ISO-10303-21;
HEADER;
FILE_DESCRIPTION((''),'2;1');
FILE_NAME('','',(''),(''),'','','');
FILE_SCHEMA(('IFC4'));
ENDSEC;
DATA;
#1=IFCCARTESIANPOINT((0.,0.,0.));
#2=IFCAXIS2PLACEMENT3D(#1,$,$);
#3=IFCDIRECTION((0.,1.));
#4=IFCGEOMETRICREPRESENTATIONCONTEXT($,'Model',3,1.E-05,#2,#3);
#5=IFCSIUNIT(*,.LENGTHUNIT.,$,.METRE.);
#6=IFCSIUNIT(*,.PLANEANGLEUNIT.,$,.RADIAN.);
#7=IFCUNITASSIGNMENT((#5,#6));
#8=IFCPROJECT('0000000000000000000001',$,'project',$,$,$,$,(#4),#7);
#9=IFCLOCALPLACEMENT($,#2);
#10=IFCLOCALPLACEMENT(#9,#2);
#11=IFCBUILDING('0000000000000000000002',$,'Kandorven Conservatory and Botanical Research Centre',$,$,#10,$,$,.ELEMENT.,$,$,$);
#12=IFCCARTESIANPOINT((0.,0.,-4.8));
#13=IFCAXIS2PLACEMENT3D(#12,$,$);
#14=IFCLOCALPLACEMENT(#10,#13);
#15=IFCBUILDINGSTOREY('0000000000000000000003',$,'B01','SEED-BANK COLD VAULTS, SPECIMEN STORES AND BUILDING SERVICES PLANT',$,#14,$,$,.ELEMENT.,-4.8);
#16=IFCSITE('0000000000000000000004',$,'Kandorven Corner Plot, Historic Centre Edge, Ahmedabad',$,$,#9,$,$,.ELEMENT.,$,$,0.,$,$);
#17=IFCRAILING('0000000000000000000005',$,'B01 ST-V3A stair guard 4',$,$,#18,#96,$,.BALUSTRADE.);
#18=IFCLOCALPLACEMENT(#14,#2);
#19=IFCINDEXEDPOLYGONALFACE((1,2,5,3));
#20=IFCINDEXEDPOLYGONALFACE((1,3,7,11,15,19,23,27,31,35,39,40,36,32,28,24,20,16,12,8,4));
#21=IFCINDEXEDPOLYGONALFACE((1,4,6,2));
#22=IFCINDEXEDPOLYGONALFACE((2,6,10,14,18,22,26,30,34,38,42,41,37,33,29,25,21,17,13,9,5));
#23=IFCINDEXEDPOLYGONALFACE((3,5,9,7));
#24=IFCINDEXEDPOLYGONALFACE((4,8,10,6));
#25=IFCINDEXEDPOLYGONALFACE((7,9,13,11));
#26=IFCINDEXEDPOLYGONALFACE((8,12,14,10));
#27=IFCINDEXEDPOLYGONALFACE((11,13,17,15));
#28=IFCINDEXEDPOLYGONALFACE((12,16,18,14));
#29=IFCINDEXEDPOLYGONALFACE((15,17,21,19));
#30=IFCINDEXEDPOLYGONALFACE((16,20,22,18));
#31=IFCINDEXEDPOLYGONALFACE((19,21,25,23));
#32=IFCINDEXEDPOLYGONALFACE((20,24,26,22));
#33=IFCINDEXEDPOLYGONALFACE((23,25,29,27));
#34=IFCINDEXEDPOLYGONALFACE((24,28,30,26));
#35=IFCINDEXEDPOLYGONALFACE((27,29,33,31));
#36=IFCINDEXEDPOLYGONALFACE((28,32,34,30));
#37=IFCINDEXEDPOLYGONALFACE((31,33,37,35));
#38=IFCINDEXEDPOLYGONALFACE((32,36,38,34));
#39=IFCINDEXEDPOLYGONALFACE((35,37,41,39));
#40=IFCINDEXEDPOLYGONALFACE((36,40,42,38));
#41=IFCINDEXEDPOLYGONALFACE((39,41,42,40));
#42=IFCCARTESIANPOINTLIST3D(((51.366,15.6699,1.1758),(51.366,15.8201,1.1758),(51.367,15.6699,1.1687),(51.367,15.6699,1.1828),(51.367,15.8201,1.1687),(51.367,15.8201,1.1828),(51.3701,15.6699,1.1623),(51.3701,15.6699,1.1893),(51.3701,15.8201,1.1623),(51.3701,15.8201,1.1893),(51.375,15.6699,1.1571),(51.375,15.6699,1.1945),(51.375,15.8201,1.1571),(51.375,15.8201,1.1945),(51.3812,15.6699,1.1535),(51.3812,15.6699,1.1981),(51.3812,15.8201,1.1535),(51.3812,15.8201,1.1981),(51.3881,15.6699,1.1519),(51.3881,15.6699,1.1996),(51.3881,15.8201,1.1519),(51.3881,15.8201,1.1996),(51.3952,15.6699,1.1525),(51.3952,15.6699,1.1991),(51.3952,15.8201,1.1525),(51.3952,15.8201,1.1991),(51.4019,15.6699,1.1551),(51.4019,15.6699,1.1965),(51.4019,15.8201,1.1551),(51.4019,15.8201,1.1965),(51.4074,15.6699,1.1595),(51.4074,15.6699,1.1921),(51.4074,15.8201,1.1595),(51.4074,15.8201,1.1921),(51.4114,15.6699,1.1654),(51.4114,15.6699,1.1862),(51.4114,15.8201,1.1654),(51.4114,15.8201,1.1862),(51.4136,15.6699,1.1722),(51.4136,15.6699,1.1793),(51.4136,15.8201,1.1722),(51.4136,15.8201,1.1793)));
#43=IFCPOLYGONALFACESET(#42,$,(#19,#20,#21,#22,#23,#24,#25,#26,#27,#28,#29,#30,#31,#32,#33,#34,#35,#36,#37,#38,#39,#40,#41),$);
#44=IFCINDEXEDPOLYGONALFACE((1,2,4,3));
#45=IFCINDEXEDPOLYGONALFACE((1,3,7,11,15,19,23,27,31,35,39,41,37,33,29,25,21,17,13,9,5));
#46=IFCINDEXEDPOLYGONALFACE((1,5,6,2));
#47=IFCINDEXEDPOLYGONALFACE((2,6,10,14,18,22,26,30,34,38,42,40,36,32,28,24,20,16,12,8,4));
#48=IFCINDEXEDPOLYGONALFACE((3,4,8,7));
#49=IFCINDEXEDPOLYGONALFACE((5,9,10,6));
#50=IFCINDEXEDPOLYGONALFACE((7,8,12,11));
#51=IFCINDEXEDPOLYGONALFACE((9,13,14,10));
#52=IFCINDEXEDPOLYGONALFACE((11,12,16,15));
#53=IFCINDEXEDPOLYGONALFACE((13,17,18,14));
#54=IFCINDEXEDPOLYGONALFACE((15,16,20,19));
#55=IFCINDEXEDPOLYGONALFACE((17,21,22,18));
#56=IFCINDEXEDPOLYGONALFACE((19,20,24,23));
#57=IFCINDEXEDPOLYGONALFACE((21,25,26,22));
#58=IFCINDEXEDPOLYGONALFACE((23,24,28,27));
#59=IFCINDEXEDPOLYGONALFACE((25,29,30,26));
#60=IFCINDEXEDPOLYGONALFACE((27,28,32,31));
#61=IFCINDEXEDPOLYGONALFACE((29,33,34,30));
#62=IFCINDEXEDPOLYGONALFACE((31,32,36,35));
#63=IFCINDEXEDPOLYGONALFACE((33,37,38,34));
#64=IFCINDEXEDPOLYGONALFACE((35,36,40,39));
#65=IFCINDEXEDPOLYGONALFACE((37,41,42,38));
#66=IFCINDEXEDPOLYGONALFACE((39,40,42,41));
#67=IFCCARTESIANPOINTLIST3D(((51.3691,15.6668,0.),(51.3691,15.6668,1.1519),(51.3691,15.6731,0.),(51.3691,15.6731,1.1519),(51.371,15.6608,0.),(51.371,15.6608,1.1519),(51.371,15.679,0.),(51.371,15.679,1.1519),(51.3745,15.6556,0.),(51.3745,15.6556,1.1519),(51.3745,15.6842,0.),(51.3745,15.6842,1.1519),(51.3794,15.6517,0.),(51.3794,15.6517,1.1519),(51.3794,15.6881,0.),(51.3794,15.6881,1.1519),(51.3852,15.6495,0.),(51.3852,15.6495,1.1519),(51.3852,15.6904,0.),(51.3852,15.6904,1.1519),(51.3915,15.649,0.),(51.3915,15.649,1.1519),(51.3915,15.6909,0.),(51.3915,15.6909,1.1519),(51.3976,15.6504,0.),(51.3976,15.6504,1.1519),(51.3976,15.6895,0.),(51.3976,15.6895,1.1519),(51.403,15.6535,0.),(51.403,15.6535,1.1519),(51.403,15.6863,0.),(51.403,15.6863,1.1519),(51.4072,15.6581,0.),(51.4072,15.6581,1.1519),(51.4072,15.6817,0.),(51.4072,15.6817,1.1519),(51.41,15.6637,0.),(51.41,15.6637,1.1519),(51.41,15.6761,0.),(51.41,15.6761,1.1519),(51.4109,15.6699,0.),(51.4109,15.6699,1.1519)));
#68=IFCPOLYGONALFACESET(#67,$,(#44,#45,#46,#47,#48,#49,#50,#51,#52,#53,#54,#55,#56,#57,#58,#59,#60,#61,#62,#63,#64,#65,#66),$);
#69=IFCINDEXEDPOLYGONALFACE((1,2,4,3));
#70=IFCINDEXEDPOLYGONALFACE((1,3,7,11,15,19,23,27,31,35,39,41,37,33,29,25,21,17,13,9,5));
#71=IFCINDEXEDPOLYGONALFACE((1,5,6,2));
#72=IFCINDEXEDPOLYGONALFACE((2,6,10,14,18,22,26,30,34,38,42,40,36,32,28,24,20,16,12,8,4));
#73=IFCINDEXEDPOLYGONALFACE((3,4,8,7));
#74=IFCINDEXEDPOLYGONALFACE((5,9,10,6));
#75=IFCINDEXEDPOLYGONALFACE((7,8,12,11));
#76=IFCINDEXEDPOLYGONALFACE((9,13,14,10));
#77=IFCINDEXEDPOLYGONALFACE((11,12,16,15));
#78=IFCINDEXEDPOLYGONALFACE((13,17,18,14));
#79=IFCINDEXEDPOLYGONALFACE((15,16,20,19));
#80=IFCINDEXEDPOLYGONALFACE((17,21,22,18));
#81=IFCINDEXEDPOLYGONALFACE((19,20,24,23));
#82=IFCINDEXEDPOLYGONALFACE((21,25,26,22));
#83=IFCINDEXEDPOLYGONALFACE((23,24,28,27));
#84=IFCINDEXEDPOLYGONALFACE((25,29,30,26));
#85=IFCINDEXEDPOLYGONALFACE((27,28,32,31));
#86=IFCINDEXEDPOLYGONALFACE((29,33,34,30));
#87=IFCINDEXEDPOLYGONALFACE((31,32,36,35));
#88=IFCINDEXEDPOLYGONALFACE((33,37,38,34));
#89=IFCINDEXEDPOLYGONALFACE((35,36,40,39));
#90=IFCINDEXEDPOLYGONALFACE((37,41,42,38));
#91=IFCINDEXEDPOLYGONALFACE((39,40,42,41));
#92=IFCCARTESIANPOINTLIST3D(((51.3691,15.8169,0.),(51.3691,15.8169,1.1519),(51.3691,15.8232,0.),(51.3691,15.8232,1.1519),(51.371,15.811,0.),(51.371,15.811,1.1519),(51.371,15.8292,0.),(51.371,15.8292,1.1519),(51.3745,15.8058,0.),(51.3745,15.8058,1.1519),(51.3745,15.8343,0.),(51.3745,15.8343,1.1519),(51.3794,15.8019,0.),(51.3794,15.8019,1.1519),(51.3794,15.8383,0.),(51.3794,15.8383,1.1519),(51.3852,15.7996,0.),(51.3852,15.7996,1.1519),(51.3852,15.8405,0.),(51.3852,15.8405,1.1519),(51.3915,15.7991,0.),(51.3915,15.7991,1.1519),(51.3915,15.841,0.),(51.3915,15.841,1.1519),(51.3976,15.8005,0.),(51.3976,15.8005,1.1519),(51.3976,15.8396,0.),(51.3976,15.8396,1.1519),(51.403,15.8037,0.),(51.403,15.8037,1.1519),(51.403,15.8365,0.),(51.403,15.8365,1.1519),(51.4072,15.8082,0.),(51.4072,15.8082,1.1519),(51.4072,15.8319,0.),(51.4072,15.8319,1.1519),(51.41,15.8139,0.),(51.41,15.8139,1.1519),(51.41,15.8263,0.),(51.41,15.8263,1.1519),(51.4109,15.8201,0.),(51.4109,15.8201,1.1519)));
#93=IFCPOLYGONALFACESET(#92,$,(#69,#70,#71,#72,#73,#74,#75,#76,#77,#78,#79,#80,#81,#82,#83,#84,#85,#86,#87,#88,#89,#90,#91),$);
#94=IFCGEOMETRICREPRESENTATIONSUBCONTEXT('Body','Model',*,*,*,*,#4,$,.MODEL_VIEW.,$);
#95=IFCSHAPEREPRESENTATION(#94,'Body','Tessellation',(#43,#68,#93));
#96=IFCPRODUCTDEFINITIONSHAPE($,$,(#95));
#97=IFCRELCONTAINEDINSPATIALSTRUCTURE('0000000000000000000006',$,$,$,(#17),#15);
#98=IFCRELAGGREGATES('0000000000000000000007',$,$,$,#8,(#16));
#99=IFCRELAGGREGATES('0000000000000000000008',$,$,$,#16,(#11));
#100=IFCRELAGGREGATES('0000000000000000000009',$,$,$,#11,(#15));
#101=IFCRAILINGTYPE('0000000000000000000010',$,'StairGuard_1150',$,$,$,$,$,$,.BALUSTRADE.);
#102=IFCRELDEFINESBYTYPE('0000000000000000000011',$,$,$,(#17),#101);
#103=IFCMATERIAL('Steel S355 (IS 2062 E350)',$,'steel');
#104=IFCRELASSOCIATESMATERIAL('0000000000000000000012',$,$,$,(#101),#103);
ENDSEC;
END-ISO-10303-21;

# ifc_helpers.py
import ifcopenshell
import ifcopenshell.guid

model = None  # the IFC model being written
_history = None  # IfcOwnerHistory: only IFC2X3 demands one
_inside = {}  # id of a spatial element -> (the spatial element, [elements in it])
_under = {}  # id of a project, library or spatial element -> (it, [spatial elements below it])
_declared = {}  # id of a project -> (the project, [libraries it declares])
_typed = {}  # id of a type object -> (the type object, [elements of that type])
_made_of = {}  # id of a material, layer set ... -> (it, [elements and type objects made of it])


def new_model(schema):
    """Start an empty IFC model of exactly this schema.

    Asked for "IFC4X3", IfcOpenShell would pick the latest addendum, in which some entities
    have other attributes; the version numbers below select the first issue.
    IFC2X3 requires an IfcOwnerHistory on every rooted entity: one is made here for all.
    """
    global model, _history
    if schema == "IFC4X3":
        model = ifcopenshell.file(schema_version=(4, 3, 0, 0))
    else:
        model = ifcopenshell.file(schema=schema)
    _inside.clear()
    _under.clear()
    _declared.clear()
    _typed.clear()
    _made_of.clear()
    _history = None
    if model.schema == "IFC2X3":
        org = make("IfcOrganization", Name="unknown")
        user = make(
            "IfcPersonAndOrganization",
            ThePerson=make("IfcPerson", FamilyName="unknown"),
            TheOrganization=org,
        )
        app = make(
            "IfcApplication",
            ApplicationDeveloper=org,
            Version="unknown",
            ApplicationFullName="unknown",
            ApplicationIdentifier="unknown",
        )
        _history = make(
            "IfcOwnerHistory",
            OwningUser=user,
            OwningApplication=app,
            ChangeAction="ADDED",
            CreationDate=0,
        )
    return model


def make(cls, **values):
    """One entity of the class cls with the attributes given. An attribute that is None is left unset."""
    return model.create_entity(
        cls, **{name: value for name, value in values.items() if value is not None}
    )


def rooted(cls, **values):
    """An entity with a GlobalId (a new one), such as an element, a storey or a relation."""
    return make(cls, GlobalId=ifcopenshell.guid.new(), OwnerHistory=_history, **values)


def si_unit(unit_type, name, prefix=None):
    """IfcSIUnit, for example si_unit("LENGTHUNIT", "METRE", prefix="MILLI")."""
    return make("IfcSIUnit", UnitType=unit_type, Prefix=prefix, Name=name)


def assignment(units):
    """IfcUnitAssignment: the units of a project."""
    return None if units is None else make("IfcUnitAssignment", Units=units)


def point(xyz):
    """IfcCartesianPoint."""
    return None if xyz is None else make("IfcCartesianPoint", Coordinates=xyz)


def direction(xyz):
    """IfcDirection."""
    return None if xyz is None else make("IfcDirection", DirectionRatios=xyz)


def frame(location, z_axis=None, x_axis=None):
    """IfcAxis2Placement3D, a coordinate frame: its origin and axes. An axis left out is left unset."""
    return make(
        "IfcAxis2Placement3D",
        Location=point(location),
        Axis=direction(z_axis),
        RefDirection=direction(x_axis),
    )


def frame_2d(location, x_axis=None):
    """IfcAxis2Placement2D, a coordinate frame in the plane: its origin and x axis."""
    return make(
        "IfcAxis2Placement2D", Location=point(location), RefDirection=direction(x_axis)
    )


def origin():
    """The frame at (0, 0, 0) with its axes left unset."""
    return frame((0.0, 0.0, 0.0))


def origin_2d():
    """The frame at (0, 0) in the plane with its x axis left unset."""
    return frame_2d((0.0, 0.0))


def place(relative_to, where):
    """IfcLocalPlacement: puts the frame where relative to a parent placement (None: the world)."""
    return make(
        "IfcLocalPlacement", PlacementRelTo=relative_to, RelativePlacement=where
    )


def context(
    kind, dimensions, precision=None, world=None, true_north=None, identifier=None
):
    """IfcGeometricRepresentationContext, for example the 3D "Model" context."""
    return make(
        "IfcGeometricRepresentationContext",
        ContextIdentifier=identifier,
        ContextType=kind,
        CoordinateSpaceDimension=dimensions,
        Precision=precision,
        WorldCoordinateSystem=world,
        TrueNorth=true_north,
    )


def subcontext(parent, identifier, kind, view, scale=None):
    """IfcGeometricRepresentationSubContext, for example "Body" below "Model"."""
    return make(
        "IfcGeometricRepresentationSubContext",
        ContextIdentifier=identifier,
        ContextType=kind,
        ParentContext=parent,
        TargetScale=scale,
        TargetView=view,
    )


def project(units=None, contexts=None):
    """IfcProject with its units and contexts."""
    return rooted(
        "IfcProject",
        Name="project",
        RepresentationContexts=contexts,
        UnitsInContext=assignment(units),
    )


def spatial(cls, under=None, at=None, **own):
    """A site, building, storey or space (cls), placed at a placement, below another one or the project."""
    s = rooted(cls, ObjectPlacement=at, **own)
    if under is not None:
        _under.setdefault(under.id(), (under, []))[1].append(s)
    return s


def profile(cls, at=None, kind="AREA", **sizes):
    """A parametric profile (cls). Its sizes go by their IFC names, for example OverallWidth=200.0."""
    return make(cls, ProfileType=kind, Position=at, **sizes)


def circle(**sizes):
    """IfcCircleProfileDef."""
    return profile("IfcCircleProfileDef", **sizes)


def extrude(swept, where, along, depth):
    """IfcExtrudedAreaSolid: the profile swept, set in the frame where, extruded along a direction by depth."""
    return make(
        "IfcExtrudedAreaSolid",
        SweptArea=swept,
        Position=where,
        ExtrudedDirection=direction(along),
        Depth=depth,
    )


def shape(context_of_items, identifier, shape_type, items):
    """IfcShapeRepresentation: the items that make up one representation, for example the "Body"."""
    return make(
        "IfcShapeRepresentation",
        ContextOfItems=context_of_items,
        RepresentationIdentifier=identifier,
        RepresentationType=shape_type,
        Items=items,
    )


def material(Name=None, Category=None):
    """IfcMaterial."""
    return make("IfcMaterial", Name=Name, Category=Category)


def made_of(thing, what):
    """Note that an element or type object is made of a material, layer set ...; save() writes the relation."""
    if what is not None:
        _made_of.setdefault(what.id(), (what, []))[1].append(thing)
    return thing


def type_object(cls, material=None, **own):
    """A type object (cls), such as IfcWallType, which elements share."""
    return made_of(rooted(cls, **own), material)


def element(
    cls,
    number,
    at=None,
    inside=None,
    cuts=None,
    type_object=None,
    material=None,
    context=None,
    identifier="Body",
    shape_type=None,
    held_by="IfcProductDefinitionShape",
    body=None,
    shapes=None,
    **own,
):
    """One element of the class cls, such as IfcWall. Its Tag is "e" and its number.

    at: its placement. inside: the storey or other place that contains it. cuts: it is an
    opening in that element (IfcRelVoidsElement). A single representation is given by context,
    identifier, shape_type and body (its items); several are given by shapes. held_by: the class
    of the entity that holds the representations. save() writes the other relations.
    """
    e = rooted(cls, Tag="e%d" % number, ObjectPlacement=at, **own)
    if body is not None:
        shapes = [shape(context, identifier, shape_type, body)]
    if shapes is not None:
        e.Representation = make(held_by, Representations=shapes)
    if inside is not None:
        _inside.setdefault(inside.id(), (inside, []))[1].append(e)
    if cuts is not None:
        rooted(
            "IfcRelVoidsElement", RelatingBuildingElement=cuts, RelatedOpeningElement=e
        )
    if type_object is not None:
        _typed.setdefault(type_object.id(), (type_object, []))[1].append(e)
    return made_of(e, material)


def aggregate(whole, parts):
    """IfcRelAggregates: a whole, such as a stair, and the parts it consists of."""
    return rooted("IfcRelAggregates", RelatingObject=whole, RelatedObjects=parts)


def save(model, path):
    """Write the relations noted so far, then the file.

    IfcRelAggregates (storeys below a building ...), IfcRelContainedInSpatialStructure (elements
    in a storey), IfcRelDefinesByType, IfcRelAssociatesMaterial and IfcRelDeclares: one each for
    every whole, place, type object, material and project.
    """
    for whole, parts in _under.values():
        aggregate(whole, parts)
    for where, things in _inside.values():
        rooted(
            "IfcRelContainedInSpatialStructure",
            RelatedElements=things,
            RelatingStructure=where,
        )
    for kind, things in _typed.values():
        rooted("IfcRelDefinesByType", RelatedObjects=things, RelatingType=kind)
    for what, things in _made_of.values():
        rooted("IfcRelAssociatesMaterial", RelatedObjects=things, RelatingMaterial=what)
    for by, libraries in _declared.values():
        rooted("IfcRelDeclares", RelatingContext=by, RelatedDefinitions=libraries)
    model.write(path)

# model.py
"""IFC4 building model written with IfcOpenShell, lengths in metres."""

from ifc_helpers import new_model, si_unit, direction, frame, origin, origin_2d, place, context, subcontext, project, spatial, circle, extrude, material, type_object, element, save


model = new_model("IFC4")

# Units and contexts
model_context = context("Model", 3, precision=1e-05, world=origin(), true_north=direction((0.0, 1.0)))
body_context = subcontext(model_context, "Body", "Model", "MODEL_VIEW")
ifc_project = project(units=[si_unit("LENGTHUNIT", "METRE"), si_unit("PLANEANGLEUNIT", "RADIAN")], contexts=[model_context])

# Site, building, storey
site_placement = place(None, origin())
site = spatial("IfcSite", under=ifc_project, at=site_placement, Name="Kandorven Corner Plot, Historic Centre Edge, Ahmedabad", CompositionType="ELEMENT", RefElevation=0.0)
building_placement = place(site_placement, origin())
building = spatial("IfcBuilding", under=site, at=building_placement, Name="Kandorven Conservatory and Botanical Research Centre", CompositionType="ELEMENT")
storey_placement = place(building_placement, frame((0.0, 0.0, -4.8)))
storey = spatial("IfcBuildingStorey", under=building, at=storey_placement, Name="B01", Description="SEED-BANK COLD VAULTS, SPECIMEN STORES AND BUILDING SERVICES PLANT", CompositionType="ELEMENT", Elevation=-4.8)

# Railing
ifc_material_1 = material(Name="Steel S355 (IS 2062 E350)", Category="steel")
railing_type_1 = type_object("IfcRailingType", Name="StairGuard_1150", PredefinedType="BALUSTRADE", material=ifc_material_1)
railing_1_placement = place(storey_placement, frame((51.3899, 15.6699, 0.0)))
element("IfcRailing", 1, at=railing_1_placement, inside=storey, type_object=railing_type_1, Name="B01 ST-V3A stair guard 4", PredefinedType="BALUSTRADE", context=body_context, shape_type="SweptSolid", body=[
    extrude(circle(Radius=0.0239, at=origin_2d()), frame((0.0, 0.0, 1.1758), z_axis=(0.0, 1.0, 0.0), x_axis=(-1.0, 0.0, 0.0)), (0.0, 0.0, 1.0), 0.1501),
    extrude(circle(Radius=0.021, at=origin_2d()), origin(), (0.0, 0.0, 1.0), 1.1519),
    extrude(circle(Radius=0.021, at=origin_2d()), frame((0.0, 0.1501, 0.0)), (0.0, 0.0, 1.0), 1.1519),
])

save(model, "model.ifc")
